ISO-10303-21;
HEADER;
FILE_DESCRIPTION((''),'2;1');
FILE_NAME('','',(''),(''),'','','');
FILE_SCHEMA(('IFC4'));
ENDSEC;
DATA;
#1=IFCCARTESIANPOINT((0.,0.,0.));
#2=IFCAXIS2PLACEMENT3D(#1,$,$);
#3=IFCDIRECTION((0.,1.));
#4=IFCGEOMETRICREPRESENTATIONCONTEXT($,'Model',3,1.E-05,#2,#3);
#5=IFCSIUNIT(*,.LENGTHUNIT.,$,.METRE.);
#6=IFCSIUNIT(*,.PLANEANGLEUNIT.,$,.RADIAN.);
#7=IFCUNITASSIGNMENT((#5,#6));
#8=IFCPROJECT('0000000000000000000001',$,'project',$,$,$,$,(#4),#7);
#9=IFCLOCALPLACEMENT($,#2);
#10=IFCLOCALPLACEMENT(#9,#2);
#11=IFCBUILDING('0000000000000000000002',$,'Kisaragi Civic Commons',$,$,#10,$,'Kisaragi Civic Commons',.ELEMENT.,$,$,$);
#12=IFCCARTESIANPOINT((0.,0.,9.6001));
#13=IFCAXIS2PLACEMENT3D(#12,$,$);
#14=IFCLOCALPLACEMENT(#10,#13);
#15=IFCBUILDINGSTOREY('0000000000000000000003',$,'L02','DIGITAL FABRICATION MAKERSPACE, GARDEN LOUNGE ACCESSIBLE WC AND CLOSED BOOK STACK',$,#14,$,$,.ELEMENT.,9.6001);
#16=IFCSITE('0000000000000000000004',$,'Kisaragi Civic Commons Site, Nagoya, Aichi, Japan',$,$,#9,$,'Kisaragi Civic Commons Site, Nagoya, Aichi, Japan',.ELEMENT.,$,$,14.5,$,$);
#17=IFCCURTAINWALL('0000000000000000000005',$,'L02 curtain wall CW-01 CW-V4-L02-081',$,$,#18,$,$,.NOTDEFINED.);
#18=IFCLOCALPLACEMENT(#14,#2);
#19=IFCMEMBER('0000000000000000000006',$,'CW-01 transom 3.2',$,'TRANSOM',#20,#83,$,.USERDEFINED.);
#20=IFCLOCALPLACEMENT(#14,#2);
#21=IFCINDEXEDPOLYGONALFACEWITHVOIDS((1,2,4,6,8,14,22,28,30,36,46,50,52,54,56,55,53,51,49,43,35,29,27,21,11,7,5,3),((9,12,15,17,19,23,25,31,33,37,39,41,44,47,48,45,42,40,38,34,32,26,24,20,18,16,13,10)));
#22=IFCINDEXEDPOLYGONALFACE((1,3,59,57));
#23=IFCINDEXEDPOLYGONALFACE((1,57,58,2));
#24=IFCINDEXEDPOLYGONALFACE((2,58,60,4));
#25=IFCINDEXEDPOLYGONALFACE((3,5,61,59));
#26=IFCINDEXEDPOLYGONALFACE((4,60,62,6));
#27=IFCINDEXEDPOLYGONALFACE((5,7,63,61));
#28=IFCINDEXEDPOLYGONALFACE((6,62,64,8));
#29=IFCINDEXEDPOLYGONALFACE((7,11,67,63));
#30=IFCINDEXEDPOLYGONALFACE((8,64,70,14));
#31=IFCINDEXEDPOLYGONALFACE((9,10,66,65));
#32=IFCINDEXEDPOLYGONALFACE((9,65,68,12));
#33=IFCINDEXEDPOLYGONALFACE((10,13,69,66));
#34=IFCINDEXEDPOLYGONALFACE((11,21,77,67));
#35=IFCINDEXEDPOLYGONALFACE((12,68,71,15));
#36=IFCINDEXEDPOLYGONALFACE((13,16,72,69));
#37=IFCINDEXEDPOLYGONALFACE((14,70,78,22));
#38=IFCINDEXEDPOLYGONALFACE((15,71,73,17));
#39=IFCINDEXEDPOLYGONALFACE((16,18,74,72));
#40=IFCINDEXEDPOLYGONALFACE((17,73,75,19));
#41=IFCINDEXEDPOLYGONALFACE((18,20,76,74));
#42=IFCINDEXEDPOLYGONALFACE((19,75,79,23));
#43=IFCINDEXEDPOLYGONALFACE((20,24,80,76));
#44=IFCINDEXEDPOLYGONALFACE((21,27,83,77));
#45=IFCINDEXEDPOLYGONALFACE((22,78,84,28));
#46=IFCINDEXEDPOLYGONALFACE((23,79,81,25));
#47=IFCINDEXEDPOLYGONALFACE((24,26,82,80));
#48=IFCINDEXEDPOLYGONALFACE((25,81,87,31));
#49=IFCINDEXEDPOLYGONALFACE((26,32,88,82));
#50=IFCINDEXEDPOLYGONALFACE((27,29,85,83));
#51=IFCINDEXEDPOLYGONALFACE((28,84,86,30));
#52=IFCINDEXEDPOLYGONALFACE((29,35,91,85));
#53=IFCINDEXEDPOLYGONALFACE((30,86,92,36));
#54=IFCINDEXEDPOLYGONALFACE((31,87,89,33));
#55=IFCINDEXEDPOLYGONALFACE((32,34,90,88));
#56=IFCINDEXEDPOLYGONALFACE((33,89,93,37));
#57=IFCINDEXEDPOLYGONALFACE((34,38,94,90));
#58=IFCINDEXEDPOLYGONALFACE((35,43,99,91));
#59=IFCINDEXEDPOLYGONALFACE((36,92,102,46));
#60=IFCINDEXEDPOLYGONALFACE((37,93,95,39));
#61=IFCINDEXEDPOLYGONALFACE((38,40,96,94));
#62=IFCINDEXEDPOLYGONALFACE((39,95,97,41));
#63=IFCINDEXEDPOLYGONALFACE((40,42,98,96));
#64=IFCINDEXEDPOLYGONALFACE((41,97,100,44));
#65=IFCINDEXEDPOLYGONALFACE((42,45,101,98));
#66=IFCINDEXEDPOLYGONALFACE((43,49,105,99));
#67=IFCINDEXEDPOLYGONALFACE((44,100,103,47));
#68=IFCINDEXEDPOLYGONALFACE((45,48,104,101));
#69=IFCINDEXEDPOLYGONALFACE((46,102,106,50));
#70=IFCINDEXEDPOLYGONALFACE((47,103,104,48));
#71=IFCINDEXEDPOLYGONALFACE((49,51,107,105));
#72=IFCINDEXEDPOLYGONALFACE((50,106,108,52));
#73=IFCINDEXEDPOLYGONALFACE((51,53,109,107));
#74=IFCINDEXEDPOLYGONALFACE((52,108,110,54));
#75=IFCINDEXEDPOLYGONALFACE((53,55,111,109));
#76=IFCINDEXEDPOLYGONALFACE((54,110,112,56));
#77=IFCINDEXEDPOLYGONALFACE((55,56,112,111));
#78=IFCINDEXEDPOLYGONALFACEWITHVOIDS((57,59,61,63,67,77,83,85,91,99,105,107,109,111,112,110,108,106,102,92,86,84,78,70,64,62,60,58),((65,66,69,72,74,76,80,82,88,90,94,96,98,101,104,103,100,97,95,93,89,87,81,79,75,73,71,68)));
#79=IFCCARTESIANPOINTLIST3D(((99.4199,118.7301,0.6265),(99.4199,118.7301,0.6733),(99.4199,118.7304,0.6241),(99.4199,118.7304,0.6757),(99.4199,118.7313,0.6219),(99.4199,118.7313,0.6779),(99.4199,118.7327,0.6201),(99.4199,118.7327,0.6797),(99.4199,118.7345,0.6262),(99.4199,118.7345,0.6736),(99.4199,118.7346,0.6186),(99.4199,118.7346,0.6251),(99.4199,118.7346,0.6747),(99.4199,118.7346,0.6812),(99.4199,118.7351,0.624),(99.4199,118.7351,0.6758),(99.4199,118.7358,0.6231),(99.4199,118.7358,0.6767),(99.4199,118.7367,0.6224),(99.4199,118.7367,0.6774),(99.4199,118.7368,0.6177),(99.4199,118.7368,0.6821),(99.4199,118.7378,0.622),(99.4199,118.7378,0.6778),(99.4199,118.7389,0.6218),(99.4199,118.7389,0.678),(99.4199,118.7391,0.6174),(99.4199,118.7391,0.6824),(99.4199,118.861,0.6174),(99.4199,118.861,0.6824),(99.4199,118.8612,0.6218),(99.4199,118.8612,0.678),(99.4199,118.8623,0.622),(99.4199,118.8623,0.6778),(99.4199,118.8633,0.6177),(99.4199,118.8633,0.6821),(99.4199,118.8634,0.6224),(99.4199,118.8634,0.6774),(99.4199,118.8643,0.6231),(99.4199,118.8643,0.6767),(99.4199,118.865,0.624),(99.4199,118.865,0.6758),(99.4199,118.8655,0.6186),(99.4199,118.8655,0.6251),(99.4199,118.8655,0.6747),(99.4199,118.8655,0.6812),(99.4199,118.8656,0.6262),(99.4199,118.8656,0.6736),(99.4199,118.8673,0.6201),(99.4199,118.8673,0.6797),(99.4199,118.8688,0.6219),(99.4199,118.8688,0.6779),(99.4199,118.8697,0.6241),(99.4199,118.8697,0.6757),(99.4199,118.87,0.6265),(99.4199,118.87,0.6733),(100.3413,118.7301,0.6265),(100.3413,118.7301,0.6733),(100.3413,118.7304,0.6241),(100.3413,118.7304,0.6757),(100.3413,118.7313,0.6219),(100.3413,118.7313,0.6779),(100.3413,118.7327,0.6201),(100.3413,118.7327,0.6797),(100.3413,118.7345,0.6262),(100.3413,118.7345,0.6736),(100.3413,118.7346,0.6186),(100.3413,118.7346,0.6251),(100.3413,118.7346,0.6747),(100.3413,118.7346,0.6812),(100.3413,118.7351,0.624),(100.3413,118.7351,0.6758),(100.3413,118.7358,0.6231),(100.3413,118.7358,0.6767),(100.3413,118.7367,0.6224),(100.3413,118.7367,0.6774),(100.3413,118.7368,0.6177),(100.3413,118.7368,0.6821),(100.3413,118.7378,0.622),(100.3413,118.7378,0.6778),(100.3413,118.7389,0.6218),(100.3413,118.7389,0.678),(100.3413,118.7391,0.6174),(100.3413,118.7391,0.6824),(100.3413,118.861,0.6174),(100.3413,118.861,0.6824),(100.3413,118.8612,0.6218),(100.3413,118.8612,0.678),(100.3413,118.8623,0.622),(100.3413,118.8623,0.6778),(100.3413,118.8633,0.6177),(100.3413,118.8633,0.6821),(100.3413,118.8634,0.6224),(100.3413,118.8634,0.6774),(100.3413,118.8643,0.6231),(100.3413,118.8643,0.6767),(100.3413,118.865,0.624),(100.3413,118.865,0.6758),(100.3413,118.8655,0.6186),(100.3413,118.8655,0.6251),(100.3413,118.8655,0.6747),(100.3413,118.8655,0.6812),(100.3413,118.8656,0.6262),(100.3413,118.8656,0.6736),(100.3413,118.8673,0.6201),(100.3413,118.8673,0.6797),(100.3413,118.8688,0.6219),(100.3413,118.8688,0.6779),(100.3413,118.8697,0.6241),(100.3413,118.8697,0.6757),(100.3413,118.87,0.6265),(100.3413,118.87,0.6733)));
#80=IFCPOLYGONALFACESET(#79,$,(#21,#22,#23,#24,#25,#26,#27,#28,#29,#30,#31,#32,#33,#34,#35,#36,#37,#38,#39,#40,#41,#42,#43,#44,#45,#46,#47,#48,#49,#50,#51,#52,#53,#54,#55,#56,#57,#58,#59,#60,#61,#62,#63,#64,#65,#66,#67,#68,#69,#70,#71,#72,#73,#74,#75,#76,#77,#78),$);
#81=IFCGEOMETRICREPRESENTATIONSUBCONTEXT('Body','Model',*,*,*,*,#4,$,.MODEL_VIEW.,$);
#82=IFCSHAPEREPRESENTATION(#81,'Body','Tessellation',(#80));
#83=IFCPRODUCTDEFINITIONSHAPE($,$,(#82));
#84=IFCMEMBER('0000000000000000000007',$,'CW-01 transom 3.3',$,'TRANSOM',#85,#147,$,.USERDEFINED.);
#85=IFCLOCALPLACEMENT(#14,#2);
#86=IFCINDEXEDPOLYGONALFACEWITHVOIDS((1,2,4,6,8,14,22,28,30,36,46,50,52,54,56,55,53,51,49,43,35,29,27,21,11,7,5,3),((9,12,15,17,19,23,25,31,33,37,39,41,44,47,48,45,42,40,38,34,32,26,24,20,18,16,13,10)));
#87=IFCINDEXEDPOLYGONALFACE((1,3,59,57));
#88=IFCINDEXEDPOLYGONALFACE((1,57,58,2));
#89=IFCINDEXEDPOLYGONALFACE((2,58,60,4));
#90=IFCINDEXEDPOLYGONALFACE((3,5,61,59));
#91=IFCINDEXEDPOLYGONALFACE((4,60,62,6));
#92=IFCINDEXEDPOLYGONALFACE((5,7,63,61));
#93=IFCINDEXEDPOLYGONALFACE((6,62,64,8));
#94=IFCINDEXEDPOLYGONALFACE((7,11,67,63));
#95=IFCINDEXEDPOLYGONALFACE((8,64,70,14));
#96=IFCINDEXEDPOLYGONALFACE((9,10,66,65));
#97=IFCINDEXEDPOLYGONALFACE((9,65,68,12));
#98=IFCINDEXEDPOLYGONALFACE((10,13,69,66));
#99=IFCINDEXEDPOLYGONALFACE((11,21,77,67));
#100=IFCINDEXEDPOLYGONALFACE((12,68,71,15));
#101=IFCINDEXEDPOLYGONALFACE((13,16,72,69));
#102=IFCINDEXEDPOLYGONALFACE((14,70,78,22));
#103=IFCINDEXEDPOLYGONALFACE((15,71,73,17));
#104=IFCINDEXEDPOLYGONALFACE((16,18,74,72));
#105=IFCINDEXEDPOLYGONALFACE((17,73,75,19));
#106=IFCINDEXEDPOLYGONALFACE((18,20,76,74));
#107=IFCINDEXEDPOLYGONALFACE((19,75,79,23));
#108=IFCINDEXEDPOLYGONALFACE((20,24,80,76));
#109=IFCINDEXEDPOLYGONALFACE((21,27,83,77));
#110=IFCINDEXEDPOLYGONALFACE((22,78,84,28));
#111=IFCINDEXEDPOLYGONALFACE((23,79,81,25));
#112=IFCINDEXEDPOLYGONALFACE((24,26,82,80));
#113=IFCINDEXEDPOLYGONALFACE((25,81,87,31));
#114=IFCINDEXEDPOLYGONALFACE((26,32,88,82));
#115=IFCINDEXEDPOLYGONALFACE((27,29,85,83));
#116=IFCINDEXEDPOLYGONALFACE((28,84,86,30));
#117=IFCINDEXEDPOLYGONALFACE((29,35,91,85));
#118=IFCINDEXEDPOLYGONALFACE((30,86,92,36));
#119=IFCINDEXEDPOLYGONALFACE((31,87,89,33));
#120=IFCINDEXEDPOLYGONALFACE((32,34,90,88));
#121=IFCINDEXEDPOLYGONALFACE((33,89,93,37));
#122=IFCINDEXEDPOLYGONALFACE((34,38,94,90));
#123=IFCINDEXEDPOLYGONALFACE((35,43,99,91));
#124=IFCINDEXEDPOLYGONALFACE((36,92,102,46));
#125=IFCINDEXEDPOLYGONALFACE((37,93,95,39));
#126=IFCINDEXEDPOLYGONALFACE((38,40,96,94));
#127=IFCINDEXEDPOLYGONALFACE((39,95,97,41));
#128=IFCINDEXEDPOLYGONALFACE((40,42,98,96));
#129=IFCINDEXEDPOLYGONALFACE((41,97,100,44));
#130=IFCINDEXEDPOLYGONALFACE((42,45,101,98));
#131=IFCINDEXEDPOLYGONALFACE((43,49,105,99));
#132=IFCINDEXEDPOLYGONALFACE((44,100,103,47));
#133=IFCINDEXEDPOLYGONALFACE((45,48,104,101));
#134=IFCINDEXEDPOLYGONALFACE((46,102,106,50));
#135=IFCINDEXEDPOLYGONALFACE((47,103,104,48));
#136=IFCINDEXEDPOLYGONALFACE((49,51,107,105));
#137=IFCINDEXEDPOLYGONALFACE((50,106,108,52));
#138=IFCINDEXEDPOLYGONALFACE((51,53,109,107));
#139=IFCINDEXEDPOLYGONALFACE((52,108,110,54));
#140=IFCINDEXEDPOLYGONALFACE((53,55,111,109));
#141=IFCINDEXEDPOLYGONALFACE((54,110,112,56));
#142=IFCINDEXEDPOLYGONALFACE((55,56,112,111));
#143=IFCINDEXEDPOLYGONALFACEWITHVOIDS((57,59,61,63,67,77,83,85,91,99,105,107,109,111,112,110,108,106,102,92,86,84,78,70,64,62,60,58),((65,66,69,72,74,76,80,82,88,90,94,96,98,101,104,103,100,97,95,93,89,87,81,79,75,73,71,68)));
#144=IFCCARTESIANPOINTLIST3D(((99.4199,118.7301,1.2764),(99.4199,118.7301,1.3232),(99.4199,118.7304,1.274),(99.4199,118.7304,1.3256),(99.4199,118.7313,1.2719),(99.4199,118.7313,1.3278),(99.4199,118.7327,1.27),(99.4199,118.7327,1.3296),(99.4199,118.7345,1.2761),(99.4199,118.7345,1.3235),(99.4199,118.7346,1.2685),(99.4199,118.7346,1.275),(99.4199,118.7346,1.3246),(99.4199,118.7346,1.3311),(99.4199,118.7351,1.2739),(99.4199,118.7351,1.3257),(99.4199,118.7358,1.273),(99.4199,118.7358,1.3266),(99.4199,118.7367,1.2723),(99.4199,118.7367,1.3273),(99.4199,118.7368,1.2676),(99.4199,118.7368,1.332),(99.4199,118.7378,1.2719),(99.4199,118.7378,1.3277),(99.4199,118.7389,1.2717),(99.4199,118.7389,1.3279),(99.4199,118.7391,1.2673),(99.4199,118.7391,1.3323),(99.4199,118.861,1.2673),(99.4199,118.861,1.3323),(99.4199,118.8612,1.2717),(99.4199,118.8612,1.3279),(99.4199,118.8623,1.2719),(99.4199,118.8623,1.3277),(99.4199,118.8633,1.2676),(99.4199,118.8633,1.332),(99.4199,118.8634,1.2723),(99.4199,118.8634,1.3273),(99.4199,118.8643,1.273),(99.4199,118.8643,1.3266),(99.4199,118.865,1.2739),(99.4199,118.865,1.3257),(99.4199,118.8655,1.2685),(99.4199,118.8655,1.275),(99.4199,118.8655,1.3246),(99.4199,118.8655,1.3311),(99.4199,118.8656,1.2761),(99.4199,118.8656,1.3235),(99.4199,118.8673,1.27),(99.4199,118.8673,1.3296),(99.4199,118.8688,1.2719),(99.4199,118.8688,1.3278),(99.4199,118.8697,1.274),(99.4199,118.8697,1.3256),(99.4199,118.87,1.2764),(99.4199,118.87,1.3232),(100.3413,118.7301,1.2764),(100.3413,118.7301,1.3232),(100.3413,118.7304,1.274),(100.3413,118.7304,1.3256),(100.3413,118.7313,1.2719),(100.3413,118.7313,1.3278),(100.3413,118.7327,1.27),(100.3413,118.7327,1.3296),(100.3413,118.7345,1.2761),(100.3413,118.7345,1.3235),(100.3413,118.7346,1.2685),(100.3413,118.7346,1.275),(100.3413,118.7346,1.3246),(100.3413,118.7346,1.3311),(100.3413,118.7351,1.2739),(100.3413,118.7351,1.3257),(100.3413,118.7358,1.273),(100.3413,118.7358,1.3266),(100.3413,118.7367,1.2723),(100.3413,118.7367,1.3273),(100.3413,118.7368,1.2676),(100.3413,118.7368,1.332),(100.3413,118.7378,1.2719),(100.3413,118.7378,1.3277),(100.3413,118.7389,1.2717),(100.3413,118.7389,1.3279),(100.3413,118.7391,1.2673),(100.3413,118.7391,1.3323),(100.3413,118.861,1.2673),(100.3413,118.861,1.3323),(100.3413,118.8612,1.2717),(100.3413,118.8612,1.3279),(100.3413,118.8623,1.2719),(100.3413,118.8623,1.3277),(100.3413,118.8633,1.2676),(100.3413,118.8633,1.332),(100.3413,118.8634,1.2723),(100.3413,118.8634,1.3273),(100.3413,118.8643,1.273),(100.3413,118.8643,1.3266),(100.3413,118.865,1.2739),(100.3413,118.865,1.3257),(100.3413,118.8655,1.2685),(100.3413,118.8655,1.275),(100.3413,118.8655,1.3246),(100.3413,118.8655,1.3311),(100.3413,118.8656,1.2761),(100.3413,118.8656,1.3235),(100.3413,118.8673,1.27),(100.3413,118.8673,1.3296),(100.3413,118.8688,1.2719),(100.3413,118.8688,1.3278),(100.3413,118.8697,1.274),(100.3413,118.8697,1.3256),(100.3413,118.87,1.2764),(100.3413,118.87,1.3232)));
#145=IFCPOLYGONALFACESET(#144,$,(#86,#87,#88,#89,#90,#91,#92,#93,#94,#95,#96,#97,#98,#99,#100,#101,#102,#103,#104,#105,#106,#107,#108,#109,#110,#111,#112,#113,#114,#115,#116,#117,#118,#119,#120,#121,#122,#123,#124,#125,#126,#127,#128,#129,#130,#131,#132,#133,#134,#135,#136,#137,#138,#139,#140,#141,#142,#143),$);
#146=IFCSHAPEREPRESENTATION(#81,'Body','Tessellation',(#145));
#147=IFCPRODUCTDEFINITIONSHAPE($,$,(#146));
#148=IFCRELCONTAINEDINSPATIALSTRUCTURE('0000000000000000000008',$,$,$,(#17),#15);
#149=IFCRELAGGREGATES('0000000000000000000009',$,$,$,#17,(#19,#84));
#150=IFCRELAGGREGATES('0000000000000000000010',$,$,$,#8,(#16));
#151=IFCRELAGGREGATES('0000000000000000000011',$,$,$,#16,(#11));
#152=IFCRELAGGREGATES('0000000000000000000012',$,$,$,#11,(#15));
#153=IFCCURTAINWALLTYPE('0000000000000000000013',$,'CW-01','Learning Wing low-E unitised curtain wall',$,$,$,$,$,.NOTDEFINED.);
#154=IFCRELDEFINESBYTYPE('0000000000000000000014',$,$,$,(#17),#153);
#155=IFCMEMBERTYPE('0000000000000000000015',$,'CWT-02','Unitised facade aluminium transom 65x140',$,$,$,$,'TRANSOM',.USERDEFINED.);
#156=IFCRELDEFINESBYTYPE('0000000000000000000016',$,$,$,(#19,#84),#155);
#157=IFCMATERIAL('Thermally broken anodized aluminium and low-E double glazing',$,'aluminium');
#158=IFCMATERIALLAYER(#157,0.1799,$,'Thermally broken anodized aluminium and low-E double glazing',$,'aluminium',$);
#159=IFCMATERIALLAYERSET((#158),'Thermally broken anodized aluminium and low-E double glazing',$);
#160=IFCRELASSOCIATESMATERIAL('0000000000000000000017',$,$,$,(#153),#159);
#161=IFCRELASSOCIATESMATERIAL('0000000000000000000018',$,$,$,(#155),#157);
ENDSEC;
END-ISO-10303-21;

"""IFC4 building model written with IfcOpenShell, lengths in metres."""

from ifc_helpers import new_model, si_unit, direction, frame, origin, origin_2d, place, context, subcontext, project, spatial, hollow_rectangle, extrude, material, layer, layer_set, material_profile, profile_set, type_object, element, aggregate, save


model = new_model("IFC4")

# Units and contexts
model_context = context("Model", 3, precision=1e-05, world=origin(), true_north=direction((0.0, 1.0)))
body_context = subcontext(model_context, "Body", "Model", "MODEL_VIEW")
ifc_project = project(units=[si_unit("LENGTHUNIT", "METRE"), si_unit("PLANEANGLEUNIT", "RADIAN")], contexts=[model_context])

# Site, building, storey
site_placement = place(None, origin())
site = spatial("IfcSite", under=ifc_project, at=site_placement, Name="Kisaragi Civic Commons Site, Nagoya, Aichi, Japan", LongName="Kisaragi Civic Commons Site, Nagoya, Aichi, Japan", CompositionType="ELEMENT", RefElevation=14.5)
building_placement = place(site_placement, origin())
building = spatial("IfcBuilding", under=site, at=building_placement, Name="Kisaragi Civic Commons", LongName="Kisaragi Civic Commons", CompositionType="ELEMENT")
storey_placement = place(building_placement, frame((0.0, 0.0, 9.6001)))
storey = spatial("IfcBuildingStorey", under=building, at=storey_placement, Name="L02", Description="DIGITAL FABRICATION MAKERSPACE, GARDEN LOUNGE ACCESSIBLE WC AND CLOSED BOOK STACK", CompositionType="ELEMENT", Elevation=9.6001)

# Curtain wall, members
ifc_material_1 = material(Name="Thermally broken anodized aluminium and low-E double glazing", Category="aluminium")
ifc_layer_1 = layer(ifc_material_1, 0.1799, Name="Thermally broken anodized aluminium and low-E double glazing", Category="aluminium")
ifc_layer_set_1 = layer_set([ifc_layer_1], Name="Thermally broken anodized aluminium and low-E double glazing")
curtain_wall_type = type_object("IfcCurtainWallType", Name="CW-01", Description="Learning Wing low-E unitised curtain wall", PredefinedType="NOTDEFINED", material=ifc_layer_set_1)
curtain_wall_placement = place(storey_placement, origin())
curtain_wall = element("IfcCurtainWall", 1, at=curtain_wall_placement, inside=storey, type_object=curtain_wall_type, Name="L02 curtain wall CW-01 CW-V4-L02-081", PredefinedType="NOTDEFINED")
ifc_material_profile_1 = material_profile(ifc_material_1, hollow_rectangle(XDim=0.1399, YDim=0.0649, WallThickness=0.0044, InnerFilletRadius=0.0044, OuterFilletRadius=0.009, at=origin_2d()), Name="CWT-65x140x4.5", Category="aluminium")
ifc_profile_set_1 = profile_set([ifc_material_profile_1], Name="Thermally broken anodized aluminium and low-E double glazing")
member_type_1 = type_object("IfcMemberType", Name="CWT-02", Description="Unitised facade aluminium transom 65x140", ElementType="TRANSOM", PredefinedType="USERDEFINED", material=ifc_profile_set_1)
member_1_placement = place(storey_placement, frame((99.4199, 118.8, 0.6499), z_axis=(1.0, 0.0, 0.0), x_axis=(0.0, 1.0, 0.0)))
member_1 = element("IfcMember", 2, at=member_1_placement, type_object=member_type_1, Name="CW-01 transom 3.2", ObjectType="TRANSOM", PredefinedType="USERDEFINED", context=body_context, shape_type="SweptSolid", body=[
    extrude(hollow_rectangle(XDim=0.1399, YDim=0.0649, WallThickness=0.0044, InnerFilletRadius=0.0044, OuterFilletRadius=0.009, at=origin_2d()), origin(), (0.0, 0.0, 1.0), 0.9214),
])
member_2_placement = place(storey_placement, frame((99.4199, 118.8, 1.2998), z_axis=(1.0, 0.0, 0.0), x_axis=(0.0, 1.0, 0.0)))
member_2 = element("IfcMember", 3, at=member_2_placement, type_object=member_type_1, Name="CW-01 transom 3.3", ObjectType="TRANSOM", PredefinedType="USERDEFINED", context=body_context, shape_type="SweptSolid", body=[
    extrude(hollow_rectangle(XDim=0.1399, YDim=0.0649, WallThickness=0.0044, InnerFilletRadius=0.0044, OuterFilletRadius=0.009, at=origin_2d()), origin(), (0.0, 0.0, 1.0), 0.9214),
])

aggregate(curtain_wall, [member_1, member_2])

save(model, "model.ifc")
